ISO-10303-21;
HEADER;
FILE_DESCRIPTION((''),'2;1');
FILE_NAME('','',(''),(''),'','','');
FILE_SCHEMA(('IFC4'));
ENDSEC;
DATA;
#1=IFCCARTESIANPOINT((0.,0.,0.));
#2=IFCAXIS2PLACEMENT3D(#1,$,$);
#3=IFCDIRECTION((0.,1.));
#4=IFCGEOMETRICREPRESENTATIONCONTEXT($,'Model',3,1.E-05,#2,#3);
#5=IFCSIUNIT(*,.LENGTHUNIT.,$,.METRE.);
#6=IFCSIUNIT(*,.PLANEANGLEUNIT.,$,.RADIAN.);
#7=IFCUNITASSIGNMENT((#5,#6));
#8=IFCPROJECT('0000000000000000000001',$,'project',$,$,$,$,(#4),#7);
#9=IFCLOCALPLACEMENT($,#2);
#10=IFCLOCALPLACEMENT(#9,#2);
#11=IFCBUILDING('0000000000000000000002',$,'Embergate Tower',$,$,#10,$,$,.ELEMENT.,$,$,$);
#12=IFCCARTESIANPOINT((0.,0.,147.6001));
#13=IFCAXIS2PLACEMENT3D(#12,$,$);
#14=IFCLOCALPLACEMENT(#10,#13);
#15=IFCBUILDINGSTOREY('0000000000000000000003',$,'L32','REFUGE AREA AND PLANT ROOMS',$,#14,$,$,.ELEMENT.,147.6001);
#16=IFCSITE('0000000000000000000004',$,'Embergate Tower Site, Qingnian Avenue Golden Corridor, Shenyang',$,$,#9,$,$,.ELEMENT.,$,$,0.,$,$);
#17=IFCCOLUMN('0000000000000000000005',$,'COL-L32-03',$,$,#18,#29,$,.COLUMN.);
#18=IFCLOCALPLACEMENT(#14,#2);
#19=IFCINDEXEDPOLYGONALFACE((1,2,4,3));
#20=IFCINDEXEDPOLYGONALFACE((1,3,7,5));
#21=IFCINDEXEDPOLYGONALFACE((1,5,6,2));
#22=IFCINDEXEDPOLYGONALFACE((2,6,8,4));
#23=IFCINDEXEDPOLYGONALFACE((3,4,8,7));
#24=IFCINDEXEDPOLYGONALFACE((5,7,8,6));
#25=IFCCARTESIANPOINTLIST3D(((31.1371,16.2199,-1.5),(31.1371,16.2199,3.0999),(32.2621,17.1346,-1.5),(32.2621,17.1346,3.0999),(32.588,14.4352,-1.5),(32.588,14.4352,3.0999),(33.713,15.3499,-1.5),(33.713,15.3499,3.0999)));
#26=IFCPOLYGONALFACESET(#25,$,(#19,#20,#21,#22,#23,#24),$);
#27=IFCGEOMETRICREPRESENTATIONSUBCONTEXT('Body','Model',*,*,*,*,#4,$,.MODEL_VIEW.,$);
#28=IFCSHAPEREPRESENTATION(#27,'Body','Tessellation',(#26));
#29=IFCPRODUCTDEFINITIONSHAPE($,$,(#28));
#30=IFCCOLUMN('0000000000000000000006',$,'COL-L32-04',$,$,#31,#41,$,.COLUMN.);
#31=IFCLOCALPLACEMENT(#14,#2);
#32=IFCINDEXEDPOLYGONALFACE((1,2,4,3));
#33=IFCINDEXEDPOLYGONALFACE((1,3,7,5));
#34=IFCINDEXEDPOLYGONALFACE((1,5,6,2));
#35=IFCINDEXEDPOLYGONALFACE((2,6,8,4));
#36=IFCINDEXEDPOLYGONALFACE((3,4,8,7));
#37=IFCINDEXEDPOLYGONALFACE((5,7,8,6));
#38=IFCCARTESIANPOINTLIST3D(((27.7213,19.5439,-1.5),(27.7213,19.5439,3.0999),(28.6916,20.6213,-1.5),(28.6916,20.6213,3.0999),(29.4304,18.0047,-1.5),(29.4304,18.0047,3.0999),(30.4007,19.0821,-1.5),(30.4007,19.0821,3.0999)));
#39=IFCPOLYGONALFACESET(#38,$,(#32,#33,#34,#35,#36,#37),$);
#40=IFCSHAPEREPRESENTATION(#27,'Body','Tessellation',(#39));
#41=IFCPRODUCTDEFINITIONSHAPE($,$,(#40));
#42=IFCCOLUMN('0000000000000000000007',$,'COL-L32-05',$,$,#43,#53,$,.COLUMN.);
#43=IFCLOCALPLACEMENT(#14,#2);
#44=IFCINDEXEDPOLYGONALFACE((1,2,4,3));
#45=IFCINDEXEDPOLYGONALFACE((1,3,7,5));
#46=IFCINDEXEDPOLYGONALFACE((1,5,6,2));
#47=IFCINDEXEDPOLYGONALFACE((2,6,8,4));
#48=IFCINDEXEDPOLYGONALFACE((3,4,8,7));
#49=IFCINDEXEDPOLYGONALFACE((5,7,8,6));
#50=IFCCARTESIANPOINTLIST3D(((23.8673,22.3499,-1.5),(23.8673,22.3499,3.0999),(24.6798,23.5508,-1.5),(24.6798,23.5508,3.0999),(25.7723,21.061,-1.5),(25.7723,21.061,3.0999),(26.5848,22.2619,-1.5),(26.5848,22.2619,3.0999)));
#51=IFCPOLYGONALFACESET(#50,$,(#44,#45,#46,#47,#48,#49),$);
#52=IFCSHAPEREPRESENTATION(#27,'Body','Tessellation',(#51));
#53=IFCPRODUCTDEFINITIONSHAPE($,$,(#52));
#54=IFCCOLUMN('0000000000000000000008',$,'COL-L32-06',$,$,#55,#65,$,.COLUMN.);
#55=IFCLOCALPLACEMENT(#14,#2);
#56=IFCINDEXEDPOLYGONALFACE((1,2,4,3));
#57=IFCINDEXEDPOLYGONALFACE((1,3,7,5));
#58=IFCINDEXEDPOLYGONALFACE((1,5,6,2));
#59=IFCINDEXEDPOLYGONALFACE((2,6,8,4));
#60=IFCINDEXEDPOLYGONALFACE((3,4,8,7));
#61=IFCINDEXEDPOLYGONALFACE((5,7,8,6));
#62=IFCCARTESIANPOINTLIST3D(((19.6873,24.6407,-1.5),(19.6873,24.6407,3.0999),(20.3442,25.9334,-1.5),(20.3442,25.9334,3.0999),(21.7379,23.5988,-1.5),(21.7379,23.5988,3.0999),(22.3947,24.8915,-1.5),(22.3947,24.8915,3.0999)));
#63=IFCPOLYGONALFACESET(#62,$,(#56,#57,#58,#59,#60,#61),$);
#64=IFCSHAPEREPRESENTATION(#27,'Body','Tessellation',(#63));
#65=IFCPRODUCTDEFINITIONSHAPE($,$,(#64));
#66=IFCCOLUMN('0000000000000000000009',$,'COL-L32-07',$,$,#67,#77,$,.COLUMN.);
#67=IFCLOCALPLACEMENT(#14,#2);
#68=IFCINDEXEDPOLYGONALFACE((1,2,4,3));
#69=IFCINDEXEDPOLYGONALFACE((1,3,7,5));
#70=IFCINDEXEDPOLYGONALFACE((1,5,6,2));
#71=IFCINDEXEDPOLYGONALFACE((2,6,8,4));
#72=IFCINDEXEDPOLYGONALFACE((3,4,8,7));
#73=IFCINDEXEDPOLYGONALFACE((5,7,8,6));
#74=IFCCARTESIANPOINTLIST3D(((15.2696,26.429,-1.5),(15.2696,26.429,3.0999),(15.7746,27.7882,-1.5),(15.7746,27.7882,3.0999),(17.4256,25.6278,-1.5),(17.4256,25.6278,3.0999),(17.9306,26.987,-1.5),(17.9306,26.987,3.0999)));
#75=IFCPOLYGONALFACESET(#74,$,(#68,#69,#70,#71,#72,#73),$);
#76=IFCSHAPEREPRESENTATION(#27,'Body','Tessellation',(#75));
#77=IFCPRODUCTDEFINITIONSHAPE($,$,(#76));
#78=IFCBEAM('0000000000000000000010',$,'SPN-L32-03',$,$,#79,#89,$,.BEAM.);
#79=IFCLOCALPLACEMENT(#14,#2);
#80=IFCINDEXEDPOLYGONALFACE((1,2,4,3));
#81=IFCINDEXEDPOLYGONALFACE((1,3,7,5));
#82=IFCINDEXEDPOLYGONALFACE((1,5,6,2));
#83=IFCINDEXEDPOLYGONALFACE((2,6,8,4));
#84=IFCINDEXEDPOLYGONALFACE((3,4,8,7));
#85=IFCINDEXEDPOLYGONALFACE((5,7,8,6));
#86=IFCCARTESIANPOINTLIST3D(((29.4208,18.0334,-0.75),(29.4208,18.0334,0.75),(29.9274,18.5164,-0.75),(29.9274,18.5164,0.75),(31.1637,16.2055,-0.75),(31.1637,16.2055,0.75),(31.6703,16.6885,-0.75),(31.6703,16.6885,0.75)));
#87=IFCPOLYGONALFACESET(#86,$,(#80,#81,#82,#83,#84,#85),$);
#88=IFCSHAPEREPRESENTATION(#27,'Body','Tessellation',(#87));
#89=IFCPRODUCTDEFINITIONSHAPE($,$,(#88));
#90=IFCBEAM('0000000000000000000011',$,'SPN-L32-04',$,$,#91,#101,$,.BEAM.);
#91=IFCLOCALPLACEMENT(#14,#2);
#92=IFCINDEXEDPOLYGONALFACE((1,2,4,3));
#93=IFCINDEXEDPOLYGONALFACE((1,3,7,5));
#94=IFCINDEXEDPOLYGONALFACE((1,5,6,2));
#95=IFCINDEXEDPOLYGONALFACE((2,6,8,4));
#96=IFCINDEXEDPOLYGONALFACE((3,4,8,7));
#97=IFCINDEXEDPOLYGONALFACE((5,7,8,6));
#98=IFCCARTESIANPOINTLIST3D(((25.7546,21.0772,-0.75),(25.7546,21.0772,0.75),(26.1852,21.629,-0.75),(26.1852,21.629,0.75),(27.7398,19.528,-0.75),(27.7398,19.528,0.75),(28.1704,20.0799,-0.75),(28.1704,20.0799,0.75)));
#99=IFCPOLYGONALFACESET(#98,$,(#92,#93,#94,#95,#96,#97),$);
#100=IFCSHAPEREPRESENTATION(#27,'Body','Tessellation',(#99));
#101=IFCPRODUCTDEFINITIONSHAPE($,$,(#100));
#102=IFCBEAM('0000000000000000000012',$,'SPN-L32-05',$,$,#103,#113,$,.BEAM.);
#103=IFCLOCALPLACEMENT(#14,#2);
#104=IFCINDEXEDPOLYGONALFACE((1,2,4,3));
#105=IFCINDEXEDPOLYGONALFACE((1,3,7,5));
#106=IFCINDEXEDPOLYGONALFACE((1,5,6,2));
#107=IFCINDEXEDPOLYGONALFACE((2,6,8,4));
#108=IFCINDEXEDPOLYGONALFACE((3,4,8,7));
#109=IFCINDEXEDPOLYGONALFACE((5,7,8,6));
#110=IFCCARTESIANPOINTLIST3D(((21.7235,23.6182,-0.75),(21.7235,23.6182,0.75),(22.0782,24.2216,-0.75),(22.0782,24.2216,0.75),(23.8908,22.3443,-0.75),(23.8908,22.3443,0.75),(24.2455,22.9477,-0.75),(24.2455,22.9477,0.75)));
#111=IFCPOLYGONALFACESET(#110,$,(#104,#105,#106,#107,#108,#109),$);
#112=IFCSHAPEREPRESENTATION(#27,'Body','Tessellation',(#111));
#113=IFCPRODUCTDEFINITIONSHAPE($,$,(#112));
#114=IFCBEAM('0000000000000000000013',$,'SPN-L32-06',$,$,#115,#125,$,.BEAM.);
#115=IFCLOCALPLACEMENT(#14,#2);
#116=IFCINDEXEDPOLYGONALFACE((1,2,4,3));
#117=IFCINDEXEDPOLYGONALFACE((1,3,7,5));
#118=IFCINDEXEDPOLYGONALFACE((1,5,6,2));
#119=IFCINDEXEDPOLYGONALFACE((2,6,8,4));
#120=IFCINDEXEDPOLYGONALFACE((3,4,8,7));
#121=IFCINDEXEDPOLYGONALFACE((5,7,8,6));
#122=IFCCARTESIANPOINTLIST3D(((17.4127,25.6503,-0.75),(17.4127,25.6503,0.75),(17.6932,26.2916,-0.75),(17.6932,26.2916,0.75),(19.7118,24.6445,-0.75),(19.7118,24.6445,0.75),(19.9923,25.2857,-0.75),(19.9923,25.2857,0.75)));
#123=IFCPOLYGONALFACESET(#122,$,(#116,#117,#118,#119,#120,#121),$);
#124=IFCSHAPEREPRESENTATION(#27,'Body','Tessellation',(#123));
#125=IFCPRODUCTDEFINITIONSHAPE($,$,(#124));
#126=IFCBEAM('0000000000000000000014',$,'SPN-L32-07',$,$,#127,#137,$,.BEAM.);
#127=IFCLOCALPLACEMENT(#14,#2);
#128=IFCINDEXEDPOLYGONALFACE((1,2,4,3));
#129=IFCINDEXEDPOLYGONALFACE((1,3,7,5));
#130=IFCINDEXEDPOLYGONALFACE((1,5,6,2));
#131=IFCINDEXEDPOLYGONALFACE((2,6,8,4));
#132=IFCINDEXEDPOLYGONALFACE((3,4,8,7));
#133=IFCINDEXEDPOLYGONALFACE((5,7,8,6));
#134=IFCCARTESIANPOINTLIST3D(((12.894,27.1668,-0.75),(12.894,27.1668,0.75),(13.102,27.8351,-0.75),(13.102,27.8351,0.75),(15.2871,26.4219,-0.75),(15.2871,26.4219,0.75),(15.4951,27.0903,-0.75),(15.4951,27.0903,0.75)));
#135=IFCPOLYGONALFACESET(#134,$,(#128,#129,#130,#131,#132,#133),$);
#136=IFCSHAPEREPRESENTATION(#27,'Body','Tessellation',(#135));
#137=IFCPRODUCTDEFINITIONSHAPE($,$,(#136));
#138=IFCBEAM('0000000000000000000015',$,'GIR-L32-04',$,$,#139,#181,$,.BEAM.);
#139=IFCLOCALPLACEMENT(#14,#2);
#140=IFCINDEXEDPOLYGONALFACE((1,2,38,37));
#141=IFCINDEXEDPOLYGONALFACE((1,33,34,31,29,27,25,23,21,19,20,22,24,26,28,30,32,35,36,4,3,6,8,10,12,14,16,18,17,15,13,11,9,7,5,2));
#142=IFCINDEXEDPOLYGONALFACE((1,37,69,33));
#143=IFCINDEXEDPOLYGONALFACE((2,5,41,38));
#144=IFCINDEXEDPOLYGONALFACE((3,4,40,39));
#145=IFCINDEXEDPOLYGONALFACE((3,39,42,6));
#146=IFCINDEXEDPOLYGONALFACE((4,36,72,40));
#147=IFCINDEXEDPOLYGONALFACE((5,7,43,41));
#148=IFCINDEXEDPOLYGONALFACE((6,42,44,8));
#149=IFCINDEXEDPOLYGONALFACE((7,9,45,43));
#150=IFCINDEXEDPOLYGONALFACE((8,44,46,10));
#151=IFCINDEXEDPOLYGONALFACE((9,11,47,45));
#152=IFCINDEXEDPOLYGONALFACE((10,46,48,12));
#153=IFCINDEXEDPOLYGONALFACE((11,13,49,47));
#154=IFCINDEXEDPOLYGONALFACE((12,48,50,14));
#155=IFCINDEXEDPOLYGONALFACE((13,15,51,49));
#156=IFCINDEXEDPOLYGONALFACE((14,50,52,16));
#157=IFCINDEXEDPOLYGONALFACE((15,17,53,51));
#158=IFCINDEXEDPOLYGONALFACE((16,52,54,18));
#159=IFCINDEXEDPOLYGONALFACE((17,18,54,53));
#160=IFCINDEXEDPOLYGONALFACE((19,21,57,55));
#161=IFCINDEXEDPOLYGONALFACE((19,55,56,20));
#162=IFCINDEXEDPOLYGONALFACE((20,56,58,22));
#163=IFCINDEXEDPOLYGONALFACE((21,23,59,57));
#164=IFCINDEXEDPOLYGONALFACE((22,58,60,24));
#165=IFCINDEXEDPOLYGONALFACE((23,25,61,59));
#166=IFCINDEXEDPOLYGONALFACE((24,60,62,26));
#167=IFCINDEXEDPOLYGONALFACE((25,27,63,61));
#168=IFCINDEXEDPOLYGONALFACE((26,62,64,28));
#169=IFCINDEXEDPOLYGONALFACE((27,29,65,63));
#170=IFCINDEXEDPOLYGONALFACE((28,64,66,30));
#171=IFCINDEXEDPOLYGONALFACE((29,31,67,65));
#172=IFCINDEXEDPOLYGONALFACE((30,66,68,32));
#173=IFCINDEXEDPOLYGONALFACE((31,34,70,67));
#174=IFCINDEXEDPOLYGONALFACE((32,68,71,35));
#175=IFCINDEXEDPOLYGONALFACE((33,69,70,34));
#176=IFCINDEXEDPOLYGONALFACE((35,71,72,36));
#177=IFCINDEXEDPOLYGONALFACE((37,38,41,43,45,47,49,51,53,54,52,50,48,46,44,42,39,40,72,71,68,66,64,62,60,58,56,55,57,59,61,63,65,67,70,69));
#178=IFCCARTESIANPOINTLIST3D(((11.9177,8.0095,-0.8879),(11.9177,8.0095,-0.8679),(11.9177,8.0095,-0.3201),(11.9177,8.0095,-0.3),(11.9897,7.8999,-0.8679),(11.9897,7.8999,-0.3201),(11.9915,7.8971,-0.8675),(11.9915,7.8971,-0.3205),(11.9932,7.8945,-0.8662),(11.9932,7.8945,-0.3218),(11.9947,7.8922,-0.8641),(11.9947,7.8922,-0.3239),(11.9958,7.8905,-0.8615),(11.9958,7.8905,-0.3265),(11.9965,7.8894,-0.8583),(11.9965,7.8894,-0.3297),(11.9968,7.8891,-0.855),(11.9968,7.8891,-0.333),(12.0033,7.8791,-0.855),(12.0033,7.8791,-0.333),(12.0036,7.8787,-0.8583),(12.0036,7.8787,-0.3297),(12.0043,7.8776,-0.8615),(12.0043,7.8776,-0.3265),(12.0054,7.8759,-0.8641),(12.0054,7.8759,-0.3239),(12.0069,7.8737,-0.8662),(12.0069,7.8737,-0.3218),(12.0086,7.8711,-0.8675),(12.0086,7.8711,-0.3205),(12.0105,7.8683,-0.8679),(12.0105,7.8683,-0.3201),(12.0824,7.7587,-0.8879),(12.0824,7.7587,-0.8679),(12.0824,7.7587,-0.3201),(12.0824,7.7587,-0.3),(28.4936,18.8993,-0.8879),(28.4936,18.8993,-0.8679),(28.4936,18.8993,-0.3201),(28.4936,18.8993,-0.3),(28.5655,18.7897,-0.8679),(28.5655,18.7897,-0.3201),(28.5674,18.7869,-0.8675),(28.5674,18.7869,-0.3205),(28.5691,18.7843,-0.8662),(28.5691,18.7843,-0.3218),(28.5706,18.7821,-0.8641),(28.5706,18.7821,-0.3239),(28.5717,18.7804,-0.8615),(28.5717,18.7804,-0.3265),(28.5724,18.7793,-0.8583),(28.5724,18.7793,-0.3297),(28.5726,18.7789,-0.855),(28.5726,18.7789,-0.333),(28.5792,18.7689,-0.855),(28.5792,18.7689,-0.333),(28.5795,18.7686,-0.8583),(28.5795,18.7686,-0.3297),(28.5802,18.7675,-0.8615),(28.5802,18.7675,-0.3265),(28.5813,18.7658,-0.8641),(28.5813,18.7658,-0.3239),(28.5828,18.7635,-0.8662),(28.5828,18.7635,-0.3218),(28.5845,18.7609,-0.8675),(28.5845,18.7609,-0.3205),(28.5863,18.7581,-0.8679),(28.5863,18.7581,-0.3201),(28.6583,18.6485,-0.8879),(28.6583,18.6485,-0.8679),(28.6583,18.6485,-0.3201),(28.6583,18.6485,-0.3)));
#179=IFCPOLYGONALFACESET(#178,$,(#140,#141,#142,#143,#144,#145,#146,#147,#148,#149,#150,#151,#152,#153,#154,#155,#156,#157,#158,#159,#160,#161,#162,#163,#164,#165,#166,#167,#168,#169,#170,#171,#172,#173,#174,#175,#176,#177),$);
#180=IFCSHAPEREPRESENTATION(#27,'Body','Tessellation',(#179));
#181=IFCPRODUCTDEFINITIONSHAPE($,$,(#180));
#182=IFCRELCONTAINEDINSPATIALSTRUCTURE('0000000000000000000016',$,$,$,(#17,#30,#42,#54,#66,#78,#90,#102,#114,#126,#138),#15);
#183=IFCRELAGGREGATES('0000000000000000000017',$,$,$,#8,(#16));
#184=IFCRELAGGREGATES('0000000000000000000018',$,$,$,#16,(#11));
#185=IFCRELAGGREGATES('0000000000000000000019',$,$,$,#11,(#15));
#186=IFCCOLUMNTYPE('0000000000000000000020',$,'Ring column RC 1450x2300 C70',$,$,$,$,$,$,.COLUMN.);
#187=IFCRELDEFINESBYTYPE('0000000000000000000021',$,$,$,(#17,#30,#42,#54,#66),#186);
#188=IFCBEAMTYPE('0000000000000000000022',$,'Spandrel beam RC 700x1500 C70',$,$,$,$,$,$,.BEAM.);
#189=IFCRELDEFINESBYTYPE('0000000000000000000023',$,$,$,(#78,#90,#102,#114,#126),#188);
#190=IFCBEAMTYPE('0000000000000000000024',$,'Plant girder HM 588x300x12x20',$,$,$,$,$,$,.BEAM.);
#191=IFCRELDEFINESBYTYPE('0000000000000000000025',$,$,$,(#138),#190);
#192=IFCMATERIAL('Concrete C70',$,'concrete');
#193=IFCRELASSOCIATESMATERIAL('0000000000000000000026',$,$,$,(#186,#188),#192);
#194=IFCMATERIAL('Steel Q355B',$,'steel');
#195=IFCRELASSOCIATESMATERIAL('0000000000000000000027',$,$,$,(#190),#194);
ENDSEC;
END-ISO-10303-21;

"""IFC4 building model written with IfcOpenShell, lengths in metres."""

from ifc_helpers import new_model, si_unit, direction, frame, origin, origin_2d, place, context, subcontext, project, spatial, rectangle, i_section, extrude, source, transform, mapped, material, material_profile, profile_set, type_object, element, save


model = new_model("IFC4")

# Units and contexts
model_context = context("Model", 3, precision=1e-05, world=origin(), true_north=direction((0.0, 1.0)))
body_context = subcontext(model_context, "Body", "Model", "MODEL_VIEW")
ifc_project = project(units=[si_unit("LENGTHUNIT", "METRE"), si_unit("PLANEANGLEUNIT", "RADIAN")], contexts=[model_context])

# Site, building, storey
site_placement = place(None, origin())
site = spatial("IfcSite", under=ifc_project, at=site_placement, Name="Embergate Tower Site, Qingnian Avenue Golden Corridor, Shenyang", CompositionType="ELEMENT", RefElevation=0.0)
building_placement = place(site_placement, origin())
building = spatial("IfcBuilding", under=site, at=building_placement, Name="Embergate Tower", CompositionType="ELEMENT")
storey_placement = place(building_placement, frame((0.0, 0.0, 147.6001)))
storey = spatial("IfcBuildingStorey", under=building, at=storey_placement, Name="L32", Description="REFUGE AREA AND PLANT ROOMS", CompositionType="ELEMENT", Elevation=147.6001)

# Columns
ifc_material_1 = material(Name="Concrete C70", Category="concrete")
ifc_material_profile_1 = material_profile(ifc_material_1, rectangle(XDim=1.45, YDim=2.3, at=origin_2d()), Name="RC 1450x2300")
ifc_profile_set_1 = profile_set([ifc_material_profile_1], Name="Concrete C70")
column_type = type_object("IfcColumnType", Name="Ring column RC 1450x2300 C70", PredefinedType="COLUMN", material=ifc_profile_set_1)
shared_shape_1 = source(origin(), body_context, "Body", "SweptSolid", [
    extrude(rectangle(XDim=1.45, YDim=2.3, at=origin_2d()), origin(), (0.0, 0.0, 1.0), 4.5999),
])
for number, where, z_axis, x_axis, name in (
    (1, (32.425, 15.7849, -1.5), (0.0, 0.0, 1.0), (0.775914, 0.630838, 0.0), "COL-L32-03"),
    (2, (29.061, 19.313, -1.5), (0.0, 0.0, 1.0), (0.669208, 0.743075, 0.0), "COL-L32-04"),
    (3, (25.2261, 22.3059, -1.5), (0.0, 0.0, 1.0), (0.560379, 0.828236, 0.0), "COL-L32-05"),
    (4, (21.041, 24.7661, -1.5), (0.0, 0.0, 1.0), (0.452995, 0.891513, 0.0), "COL-L32-06"),
    (5, (16.6001, 26.708, -1.5), (0.0, 0.0, 1.0), (0.348343, 0.937367, 0.0), "COL-L32-07"),
):
    element("IfcColumn", number, at=place(storey_placement, frame(where, z_axis=z_axis, x_axis=x_axis)), inside=storey, type_object=column_type, Name=name, PredefinedType="COLUMN", context=body_context, shape_type="MappedRepresentation", body=[
        mapped(shared_shape_1, transform((0.0, 0.0, 0.0))),
    ])

# Beams
ifc_material_profile_2 = material_profile(ifc_material_1, rectangle(XDim=0.7, YDim=1.5, at=origin_2d()), Name="RC 700x1500")
ifc_profile_set_2 = profile_set([ifc_material_profile_2], Name="Concrete C70")
beam_type_1 = type_object("IfcBeamType", Name="Spandrel beam RC 700x1500 C70", PredefinedType="BEAM", material=ifc_profile_set_2)
shared_shape_2 = source(origin(), body_context, "Body", "SweptSolid", [
    extrude(rectangle(XDim=0.7, YDim=1.5, at=origin_2d()), origin(), (0.0, 0.0, 1.0), 2.5256),
])
beam_1_placement = place(storey_placement, frame((31.417, 16.447, 0.0), z_axis=(-0.690087, 0.723726, 0.0), x_axis=(-0.723726, -0.690087, 0.0)))
element("IfcBeam", 6, at=beam_1_placement, inside=storey, type_object=beam_type_1, Name="SPN-L32-03", PredefinedType="BEAM", context=body_context, shape_type="MappedRepresentation", body=[
    mapped(shared_shape_2, transform((0.0, 0.0, 0.0))),
])
shared_shape_3 = source(origin(), body_context, "Body", "SweptSolid", [
    extrude(rectangle(XDim=0.7, YDim=1.5, at=origin_2d()), origin(), (0.0, 0.0, 1.0), 2.5181),
])
beam_2_placement = place(storey_placement, frame((27.9551, 19.804, 0.0), z_axis=(-0.78837, 0.615202, 0.0), x_axis=(-0.615202, -0.78837, 0.0)))
element("IfcBeam", 7, at=beam_2_placement, inside=storey, type_object=beam_type_1, Name="SPN-L32-04", PredefinedType="BEAM", context=body_context, shape_type="MappedRepresentation", body=[
    mapped(shared_shape_3, transform((0.0, 0.0, 0.0))),
])
shared_shape_4 = source(origin(), body_context, "Body", "SweptSolid", [
    extrude(rectangle(XDim=0.7, YDim=1.5, at=origin_2d()), origin(), (0.0, 0.0, 1.0), 2.5139),
])
beam_3_placement = place(storey_placement, frame((24.0681, 22.646, 0.0), z_axis=(-0.862094, 0.506748, 0.0), x_axis=(-0.506748, -0.862094, 0.0)))
element("IfcBeam", 8, at=beam_3_placement, inside=storey, type_object=beam_type_1, Name="SPN-L32-05", PredefinedType="BEAM", context=body_context, shape_type="MappedRepresentation", body=[
    mapped(shared_shape_4, transform((0.0, 0.0, 0.0))),
])
shared_shape_5 = source(origin(), body_context, "Body", "SweptSolid", [
    extrude(rectangle(XDim=0.7, YDim=1.5, at=origin_2d()), origin(), (0.0, 0.0, 1.0), 2.5095),
])
beam_4_placement = place(storey_placement, frame((19.8521, 24.9651, 0.0), z_axis=(-0.916155, 0.400824, 0.0), x_axis=(-0.400824, -0.916155, 0.0)))
element("IfcBeam", 9, at=beam_4_placement, inside=storey, type_object=beam_type_1, Name="SPN-L32-06", PredefinedType="BEAM", context=body_context, shape_type="MappedRepresentation", body=[
    mapped(shared_shape_5, transform((0.0, 0.0, 0.0))),
])
shared_shape_6 = source(origin(), body_context, "Body", "SweptSolid", [
    extrude(rectangle(XDim=0.7, YDim=1.5, at=origin_2d()), origin(), (0.0, 0.0, 1.0), 2.5063),
])
beam_5_placement = place(storey_placement, frame((15.3911, 26.7561, 0.0), z_axis=(-0.954816, 0.297199, 0.0), x_axis=(-0.297199, -0.954816, 0.0)))
element("IfcBeam", 10, at=beam_5_placement, inside=storey, type_object=beam_type_1, Name="SPN-L32-07", PredefinedType="BEAM", context=body_context, shape_type="MappedRepresentation", body=[
    mapped(shared_shape_6, transform((0.0, 0.0, 0.0))),
])
ifc_material_2 = material(Name="Steel Q355B", Category="steel")
ifc_material_profile_3 = material_profile(ifc_material_2, i_section(OverallWidth=0.3, OverallDepth=0.5879, WebThickness=0.012, FlangeThickness=0.02, FilletRadius=0.0129, at=origin_2d()), Name="HM 588x300x12x20")
ifc_profile_set_3 = profile_set([ifc_material_profile_3], Name="Steel Q355 grade B")
beam_type_2 = type_object("IfcBeamType", Name="Plant girder HM 588x300x12x20", PredefinedType="BEAM", material=ifc_profile_set_3)
shared_shape_7 = source(origin(), body_context, "Body", "SweptSolid", [
    extrude(i_section(OverallWidth=0.3, OverallDepth=0.5879, WebThickness=0.012, FlangeThickness=0.02, FilletRadius=0.0129, at=origin_2d()), origin(), (0.0, 0.0, 1.0), 19.833),
])
beam_6_placement = place(storey_placement, frame((28.5759, 18.7739, -0.594), z_axis=(-0.835772, -0.549077, 0.0), x_axis=(0.549077, -0.835772, 0.0)))
element("IfcBeam", 11, at=beam_6_placement, inside=storey, type_object=beam_type_2, Name="GIR-L32-04", PredefinedType="BEAM", context=body_context, shape_type="MappedRepresentation", body=[
    mapped(shared_shape_7, transform((0.0, 0.0, 0.0))),
])

save(model, "model.ifc")
